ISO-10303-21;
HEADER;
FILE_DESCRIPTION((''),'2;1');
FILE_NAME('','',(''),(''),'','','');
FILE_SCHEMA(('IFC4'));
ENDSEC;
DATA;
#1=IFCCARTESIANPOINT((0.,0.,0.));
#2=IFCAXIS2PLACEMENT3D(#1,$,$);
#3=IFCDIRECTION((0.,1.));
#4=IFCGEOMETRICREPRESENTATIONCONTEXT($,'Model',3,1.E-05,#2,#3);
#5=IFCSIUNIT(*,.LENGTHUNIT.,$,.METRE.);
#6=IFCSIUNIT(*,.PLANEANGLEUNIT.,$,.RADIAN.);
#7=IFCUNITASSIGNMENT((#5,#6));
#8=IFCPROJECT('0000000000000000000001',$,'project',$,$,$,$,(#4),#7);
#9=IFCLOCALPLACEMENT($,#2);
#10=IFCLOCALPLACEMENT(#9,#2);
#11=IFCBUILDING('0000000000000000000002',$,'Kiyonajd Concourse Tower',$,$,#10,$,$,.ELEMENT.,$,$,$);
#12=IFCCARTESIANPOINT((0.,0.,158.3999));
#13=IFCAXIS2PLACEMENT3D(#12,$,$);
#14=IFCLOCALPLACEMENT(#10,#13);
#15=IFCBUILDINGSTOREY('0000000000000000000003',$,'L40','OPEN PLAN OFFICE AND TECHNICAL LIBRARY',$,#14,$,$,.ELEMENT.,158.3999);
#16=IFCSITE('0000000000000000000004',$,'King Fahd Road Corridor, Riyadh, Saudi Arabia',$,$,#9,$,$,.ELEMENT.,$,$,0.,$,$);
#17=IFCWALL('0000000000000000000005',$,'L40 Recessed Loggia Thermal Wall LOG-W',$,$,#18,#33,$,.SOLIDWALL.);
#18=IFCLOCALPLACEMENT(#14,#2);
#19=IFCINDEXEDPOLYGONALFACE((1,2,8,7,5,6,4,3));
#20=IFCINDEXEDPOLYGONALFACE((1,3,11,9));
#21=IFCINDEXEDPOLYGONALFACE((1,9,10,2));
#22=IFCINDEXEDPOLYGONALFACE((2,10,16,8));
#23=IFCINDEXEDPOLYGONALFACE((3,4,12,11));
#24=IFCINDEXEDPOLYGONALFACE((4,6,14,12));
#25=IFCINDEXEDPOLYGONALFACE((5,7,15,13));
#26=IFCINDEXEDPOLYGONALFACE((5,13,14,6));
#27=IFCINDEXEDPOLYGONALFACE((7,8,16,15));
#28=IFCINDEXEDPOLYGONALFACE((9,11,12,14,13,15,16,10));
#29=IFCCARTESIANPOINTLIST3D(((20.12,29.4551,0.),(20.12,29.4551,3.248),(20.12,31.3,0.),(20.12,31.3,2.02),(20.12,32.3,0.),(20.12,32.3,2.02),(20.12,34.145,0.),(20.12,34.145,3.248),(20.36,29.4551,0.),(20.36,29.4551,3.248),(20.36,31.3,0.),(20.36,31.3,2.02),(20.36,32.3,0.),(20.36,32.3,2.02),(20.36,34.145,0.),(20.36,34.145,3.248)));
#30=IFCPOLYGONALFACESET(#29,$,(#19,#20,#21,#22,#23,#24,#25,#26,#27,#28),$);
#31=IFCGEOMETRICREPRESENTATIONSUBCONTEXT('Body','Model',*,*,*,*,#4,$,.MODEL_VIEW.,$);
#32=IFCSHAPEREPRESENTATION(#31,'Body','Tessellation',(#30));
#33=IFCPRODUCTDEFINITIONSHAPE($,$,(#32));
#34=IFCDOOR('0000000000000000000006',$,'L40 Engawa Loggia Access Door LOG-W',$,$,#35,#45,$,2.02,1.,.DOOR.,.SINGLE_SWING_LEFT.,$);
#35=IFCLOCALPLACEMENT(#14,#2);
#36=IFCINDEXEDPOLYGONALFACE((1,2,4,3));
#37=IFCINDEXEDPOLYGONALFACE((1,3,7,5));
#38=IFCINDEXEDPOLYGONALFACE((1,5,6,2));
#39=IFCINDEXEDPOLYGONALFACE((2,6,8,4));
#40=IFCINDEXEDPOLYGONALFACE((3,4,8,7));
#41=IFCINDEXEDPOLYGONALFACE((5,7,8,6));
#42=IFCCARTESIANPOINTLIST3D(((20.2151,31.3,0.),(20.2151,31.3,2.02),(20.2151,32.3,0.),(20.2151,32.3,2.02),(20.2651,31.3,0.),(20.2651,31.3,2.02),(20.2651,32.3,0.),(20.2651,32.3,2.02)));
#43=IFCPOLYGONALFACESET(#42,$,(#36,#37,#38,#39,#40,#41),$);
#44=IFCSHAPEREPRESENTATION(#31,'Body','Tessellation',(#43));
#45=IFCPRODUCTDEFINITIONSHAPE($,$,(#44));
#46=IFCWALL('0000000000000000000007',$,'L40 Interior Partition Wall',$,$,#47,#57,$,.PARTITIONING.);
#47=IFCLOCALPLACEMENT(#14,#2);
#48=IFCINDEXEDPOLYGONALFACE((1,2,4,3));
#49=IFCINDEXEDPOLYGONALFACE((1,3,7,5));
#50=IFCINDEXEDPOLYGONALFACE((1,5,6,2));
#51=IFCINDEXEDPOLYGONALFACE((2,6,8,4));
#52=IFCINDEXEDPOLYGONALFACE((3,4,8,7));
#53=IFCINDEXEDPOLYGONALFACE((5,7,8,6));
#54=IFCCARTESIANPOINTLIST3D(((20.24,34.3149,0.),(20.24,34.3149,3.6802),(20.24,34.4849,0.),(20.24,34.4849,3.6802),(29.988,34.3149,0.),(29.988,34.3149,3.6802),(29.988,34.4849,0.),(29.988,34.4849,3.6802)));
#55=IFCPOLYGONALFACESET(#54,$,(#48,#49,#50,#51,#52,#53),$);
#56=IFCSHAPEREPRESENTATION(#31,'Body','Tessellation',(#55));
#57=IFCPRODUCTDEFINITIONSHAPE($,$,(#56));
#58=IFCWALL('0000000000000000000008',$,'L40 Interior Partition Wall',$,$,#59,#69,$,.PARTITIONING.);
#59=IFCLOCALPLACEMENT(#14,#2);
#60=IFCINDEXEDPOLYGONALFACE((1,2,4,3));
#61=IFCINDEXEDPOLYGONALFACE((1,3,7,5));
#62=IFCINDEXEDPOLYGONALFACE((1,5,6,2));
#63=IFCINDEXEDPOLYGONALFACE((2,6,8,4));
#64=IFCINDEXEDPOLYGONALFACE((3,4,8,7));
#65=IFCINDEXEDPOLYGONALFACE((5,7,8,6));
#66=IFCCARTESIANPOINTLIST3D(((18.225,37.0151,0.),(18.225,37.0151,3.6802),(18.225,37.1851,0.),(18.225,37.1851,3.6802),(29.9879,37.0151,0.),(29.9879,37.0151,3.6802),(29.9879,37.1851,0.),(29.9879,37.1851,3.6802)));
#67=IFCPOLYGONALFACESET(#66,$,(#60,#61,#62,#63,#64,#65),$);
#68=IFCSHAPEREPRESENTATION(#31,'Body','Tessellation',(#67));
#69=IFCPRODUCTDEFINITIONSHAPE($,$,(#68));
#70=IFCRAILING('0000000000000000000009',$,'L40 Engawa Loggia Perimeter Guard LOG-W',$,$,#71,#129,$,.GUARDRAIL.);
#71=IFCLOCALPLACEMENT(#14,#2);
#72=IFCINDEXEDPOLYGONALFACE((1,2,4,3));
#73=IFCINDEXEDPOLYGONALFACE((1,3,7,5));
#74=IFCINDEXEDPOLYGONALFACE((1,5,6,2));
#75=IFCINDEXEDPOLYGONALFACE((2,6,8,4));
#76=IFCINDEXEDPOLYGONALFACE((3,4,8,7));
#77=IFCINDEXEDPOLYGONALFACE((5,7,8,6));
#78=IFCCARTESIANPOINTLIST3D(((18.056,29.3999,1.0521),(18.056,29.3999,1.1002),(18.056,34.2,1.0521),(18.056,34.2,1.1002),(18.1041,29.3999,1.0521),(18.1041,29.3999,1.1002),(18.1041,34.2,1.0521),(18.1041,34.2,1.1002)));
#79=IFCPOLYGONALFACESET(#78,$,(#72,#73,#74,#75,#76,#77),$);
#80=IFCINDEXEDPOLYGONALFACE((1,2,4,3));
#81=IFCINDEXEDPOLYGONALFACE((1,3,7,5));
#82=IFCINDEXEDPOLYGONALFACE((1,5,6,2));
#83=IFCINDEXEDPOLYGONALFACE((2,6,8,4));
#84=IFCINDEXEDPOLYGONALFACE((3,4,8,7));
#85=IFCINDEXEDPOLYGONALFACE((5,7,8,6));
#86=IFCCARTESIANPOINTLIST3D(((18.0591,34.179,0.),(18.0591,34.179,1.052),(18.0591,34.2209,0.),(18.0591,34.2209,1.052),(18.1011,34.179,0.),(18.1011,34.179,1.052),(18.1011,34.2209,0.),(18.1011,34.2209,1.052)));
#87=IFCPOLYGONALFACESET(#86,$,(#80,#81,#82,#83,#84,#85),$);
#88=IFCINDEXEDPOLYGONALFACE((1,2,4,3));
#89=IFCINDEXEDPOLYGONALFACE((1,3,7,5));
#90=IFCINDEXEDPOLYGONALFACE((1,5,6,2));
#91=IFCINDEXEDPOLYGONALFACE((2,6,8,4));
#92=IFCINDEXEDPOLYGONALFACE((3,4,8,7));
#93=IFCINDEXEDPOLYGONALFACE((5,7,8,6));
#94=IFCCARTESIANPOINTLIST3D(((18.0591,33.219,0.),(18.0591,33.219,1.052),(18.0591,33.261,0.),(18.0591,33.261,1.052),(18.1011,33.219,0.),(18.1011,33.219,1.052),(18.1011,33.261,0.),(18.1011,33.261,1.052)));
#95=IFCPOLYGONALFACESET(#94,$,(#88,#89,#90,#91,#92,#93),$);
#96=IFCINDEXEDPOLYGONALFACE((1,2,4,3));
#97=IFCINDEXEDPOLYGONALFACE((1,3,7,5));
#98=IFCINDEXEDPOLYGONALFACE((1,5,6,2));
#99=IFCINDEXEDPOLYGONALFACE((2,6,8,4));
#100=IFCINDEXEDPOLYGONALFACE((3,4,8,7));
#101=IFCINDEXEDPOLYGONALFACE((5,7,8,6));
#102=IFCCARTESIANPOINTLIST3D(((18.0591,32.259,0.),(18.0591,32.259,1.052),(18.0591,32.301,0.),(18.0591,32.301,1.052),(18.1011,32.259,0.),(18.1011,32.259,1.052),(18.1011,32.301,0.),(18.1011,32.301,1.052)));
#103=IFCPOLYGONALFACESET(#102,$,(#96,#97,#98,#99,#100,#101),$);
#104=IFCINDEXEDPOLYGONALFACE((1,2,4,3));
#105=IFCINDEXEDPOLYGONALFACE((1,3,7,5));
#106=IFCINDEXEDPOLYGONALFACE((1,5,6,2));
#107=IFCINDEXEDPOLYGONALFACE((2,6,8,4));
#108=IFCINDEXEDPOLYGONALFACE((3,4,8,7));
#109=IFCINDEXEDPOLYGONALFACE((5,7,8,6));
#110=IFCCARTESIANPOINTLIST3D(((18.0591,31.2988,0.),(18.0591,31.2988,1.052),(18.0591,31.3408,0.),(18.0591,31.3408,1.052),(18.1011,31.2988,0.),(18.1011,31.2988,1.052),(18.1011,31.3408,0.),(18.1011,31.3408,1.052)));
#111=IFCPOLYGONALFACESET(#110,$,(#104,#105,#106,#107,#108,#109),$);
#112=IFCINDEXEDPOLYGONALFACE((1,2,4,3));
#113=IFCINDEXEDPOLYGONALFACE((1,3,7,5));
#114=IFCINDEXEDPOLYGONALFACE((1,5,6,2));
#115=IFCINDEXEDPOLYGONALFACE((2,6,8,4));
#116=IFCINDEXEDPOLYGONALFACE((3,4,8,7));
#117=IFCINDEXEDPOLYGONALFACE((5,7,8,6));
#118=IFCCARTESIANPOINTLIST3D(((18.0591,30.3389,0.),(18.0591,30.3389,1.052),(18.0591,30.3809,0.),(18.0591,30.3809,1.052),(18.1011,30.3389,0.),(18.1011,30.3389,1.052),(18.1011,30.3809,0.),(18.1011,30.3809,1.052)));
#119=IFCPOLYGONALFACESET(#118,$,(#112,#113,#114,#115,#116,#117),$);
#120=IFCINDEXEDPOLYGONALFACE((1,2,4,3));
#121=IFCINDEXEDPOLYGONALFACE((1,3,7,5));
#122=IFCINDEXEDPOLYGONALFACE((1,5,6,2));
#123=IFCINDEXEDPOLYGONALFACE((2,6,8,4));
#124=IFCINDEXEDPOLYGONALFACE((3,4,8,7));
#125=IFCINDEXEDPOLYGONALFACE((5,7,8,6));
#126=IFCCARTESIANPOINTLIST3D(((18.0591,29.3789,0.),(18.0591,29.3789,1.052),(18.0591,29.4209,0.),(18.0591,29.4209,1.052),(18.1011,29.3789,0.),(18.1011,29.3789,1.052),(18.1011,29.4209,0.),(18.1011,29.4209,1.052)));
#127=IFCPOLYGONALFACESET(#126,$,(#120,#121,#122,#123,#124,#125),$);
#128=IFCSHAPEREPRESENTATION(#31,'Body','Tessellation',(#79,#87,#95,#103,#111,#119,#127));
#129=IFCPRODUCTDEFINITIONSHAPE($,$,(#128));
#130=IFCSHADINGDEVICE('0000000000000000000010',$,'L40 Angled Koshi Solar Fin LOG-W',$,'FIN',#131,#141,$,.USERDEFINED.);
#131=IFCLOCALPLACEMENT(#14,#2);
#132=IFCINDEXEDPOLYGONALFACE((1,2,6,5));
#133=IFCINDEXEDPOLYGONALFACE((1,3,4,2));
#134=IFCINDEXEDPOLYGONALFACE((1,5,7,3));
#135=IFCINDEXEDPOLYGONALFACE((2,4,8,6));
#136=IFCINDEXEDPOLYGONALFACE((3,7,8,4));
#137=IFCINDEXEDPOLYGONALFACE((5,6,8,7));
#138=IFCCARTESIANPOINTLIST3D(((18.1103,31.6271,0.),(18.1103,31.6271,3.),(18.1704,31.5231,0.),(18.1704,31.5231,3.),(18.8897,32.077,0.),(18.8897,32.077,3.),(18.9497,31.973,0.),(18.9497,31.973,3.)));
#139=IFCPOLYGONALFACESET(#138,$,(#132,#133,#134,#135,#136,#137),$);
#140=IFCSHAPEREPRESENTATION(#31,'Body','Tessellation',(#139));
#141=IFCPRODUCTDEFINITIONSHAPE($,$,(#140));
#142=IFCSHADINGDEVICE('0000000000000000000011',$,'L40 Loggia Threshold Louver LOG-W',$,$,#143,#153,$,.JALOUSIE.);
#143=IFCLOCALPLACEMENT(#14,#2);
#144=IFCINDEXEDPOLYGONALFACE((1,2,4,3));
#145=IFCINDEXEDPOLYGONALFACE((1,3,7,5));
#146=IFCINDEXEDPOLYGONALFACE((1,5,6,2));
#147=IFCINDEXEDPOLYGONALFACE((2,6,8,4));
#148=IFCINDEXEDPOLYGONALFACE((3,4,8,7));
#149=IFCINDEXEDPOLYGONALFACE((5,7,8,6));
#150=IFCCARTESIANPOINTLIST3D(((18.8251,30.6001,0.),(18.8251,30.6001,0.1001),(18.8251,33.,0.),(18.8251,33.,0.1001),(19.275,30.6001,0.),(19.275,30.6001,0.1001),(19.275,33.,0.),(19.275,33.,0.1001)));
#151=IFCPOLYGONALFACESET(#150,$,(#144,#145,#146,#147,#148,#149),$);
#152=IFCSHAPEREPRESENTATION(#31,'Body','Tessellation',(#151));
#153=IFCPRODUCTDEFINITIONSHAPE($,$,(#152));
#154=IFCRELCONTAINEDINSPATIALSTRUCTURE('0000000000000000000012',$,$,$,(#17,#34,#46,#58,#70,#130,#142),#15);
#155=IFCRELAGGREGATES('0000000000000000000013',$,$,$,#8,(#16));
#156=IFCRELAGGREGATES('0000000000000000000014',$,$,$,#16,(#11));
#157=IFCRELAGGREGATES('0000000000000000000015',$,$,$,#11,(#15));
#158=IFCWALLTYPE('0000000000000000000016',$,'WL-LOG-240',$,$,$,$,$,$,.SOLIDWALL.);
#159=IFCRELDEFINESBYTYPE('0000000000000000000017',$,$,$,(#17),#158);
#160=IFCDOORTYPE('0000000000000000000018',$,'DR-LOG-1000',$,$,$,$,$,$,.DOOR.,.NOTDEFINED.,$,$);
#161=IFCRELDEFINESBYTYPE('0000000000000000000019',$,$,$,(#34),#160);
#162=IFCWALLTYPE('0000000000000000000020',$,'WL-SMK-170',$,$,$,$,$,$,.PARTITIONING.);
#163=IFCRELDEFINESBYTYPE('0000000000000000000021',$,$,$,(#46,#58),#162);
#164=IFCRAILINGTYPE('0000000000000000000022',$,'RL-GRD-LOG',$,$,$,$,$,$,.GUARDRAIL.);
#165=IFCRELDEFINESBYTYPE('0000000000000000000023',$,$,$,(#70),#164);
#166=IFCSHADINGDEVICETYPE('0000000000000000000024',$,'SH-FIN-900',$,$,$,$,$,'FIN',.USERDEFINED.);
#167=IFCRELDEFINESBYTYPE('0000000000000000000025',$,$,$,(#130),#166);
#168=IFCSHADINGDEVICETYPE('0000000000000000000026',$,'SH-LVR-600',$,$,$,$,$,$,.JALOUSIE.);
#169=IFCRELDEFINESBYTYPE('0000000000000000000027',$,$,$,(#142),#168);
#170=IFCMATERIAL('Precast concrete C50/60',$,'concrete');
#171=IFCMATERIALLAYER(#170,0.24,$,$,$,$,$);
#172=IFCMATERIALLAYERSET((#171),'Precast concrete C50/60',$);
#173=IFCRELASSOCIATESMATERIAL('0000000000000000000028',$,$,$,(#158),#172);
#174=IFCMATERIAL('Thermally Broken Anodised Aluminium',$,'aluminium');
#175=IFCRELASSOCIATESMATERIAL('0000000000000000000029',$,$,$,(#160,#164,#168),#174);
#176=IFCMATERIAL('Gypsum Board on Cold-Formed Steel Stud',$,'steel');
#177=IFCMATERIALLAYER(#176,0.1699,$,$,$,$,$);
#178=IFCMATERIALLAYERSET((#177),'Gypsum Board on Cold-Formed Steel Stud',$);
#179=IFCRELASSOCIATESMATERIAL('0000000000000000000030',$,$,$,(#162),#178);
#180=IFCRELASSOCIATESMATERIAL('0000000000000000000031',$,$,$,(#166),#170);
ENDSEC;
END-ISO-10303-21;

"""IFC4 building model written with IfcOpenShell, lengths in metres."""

from ifc_helpers import new_model, si_unit, direction, frame, frame_2d, origin, origin_2d, place, context, subcontext, project, spatial, rectangle, extrude, material, layer, layer_set, type_object, element, fill, save


model = new_model("IFC4")

# Units and contexts
model_context = context("Model", 3, precision=1e-05, world=origin(), true_north=direction((0.0, 1.0)))
body_context = subcontext(model_context, "Body", "Model", "MODEL_VIEW")
ifc_project = project(units=[si_unit("LENGTHUNIT", "METRE"), si_unit("PLANEANGLEUNIT", "RADIAN")], contexts=[model_context])

# Site, building, storey
site_placement = place(None, origin())
site = spatial("IfcSite", under=ifc_project, at=site_placement, Name="King Fahd Road Corridor, Riyadh, Saudi Arabia", CompositionType="ELEMENT", RefElevation=0.0)
building_placement = place(site_placement, origin())
building = spatial("IfcBuilding", under=site, at=building_placement, Name="Kiyonajd Concourse Tower", CompositionType="ELEMENT")
storey_placement = place(building_placement, frame((0.0, 0.0, 158.3999)))
storey = spatial("IfcBuildingStorey", under=building, at=storey_placement, Name="L40", Description="OPEN PLAN OFFICE AND TECHNICAL LIBRARY", CompositionType="ELEMENT", Elevation=158.3999)

# Shared definitions
ifc_material_1 = material(Name="Thermally Broken Anodised Aluminium", Category="aluminium")

# Shared definitions
ifc_material_2 = material(Name="Precast concrete C50/60", Category="concrete")

# Wall, opening, door
ifc_layer_1 = layer(ifc_material_2, 0.24)
ifc_layer_set_1 = layer_set([ifc_layer_1], Name="Precast concrete C50/60")
wall_type_1 = type_object("IfcWallType", Name="WL-LOG-240", PredefinedType="SOLIDWALL", material=ifc_layer_set_1)
wall_1_placement = place(storey_placement, frame((20.24, 29.4551, 0.0), z_axis=(0.0, 0.0, 1.0), x_axis=(0.0, 1.0, 0.0)))
wall_1 = element("IfcWall", 1, at=wall_1_placement, inside=storey, type_object=wall_type_1, Name="L40 Recessed Loggia Thermal Wall LOG-W", PredefinedType="SOLIDWALL", context=body_context, shape_type="SweptSolid", body=[
    extrude(rectangle(XDim=4.6899, YDim=0.24, at=frame_2d((2.345, 0.0))), origin(), (0.0, 0.0, 1.0), 3.248),
])
opening_placement = place(wall_1_placement, frame((1.845, 0.0, 0.0)))
opening = element("IfcOpeningElement", 2, at=opening_placement, cuts=wall_1, PredefinedType="OPENING", context=body_context, shape_type="SweptSolid", body=[
    extrude(rectangle(XDim=1.0, YDim=2.02, at=frame_2d((0.5, 1.01))), frame((0.0, 0.1299, 0.0), z_axis=(0.0, -1.0, 0.0), x_axis=(1.0, 0.0, 0.0)), (0.0, 0.0, 1.0), 0.26),
])
door_type = type_object("IfcDoorType", Name="DR-LOG-1000", OperationType="NOTDEFINED", PredefinedType="DOOR", material=ifc_material_1)
door_placement = place(opening_placement, origin())
door = element("IfcDoor", 3, at=door_placement, inside=storey, type_object=door_type, Name="L40 Engawa Loggia Access Door LOG-W", OperationType="SINGLE_SWING_LEFT", OverallHeight=2.02, OverallWidth=1.0, PredefinedType="DOOR", context=body_context, shape_type="SweptSolid", body=[
    extrude(rectangle(XDim=1.0, YDim=2.02, at=frame_2d((0.5, 1.01))), frame((0.0, 0.0249, 0.0), z_axis=(0.0, -1.0, 0.0), x_axis=(1.0, 0.0, 0.0)), (0.0, 0.0, 1.0), 0.05),
])
fill(opening, door)

# Walls
ifc_material_3 = material(Name="Gypsum Board on Cold-Formed Steel Stud", Category="steel")
ifc_layer_2 = layer(ifc_material_3, 0.1699)
ifc_layer_set_2 = layer_set([ifc_layer_2], Name="Gypsum Board on Cold-Formed Steel Stud")
wall_type_2 = type_object("IfcWallType", Name="WL-SMK-170", PredefinedType="PARTITIONING", material=ifc_layer_set_2)
wall_2_placement = place(storey_placement, frame((20.24, 34.3999, 0.0), z_axis=(0.0, 0.0, 1.0), x_axis=(1.0, 0.0, 0.0)))
element("IfcWall", 4, at=wall_2_placement, inside=storey, type_object=wall_type_2, Name="L40 Interior Partition Wall", PredefinedType="PARTITIONING", context=body_context, shape_type="SweptSolid", body=[
    extrude(rectangle(XDim=9.748, YDim=0.1699, at=frame_2d((4.874, 0.0))), origin(), (0.0, 0.0, 1.0), 3.6802),
])
wall_3_placement = place(storey_placement, frame((18.2251, 37.1001, 0.0), z_axis=(0.0, 0.0, 1.0), x_axis=(1.0, 0.0, 0.0)))
element("IfcWall", 5, at=wall_3_placement, inside=storey, type_object=wall_type_2, Name="L40 Interior Partition Wall", PredefinedType="PARTITIONING", context=body_context, shape_type="SweptSolid", body=[
    extrude(rectangle(XDim=11.7629, YDim=0.1699, at=frame_2d((5.8813, 0.0))), origin(), (0.0, 0.0, 1.0), 3.6802),
])

# Railing
railing_type = type_object("IfcRailingType", Name="RL-GRD-LOG", PredefinedType="GUARDRAIL", material=ifc_material_1)
railing_placement = place(storey_placement, frame((18.0801, 34.2, 0.0)))
element("IfcRailing", 6, at=railing_placement, inside=storey, type_object=railing_type, Name="L40 Engawa Loggia Perimeter Guard LOG-W", PredefinedType="GUARDRAIL", context=body_context, shape_type="SweptSolid", body=[
    extrude(rectangle(XDim=0.0481, YDim=0.0481, at=origin_2d()), frame((0.0, 0.0, 1.0762), z_axis=(0.0, -1.0, 0.0), x_axis=(1.0, 0.0, 0.0)), (0.0, 0.0, 1.0), 4.8),
    extrude(rectangle(XDim=0.042, YDim=0.042, at=origin_2d()), origin(), (0.0, 0.0, 1.0), 1.052),
    extrude(rectangle(XDim=0.042, YDim=0.042, at=origin_2d()), frame((0.0, -0.96, 0.0)), (0.0, 0.0, 1.0), 1.052),
    extrude(rectangle(XDim=0.042, YDim=0.042, at=origin_2d()), frame((0.0, -1.9199, 0.0)), (0.0, 0.0, 1.0), 1.052),
    extrude(rectangle(XDim=0.042, YDim=0.042, at=origin_2d()), frame((0.0, -2.8801, 0.0)), (0.0, 0.0, 1.0), 1.052),
    extrude(rectangle(XDim=0.042, YDim=0.042, at=origin_2d()), frame((0.0, -3.8401, 0.0)), (0.0, 0.0, 1.0), 1.052),
    extrude(rectangle(XDim=0.042, YDim=0.042, at=origin_2d()), frame((0.0, -4.8, 0.0)), (0.0, 0.0, 1.0), 1.052),
])

# Shading devices
shading_device_type_1 = type_object("IfcShadingDeviceType", Name="SH-FIN-900", ElementType="FIN", PredefinedType="USERDEFINED", material=ifc_material_2)
shading_device_1_placement = place(storey_placement, frame((18.53, 31.8, 0.0), z_axis=(0.0, 0.0, 1.0), x_axis=(0.866025, 0.5, 0.0)))
element("IfcShadingDevice", 7, at=shading_device_1_placement, inside=storey, type_object=shading_device_type_1, Name="L40 Angled Koshi Solar Fin LOG-W", ObjectType="FIN", PredefinedType="USERDEFINED", context=body_context, shape_type="SweptSolid", body=[
    extrude(rectangle(XDim=0.8999, YDim=0.1201, at=origin_2d()), origin(), (0.0, 0.0, 1.0), 3.0),
])
shading_device_type_2 = type_object("IfcShadingDeviceType", Name="SH-LVR-600", PredefinedType="JALOUSIE", material=ifc_material_1)
shading_device_2_placement = place(storey_placement, frame((19.05, 31.8, 0.0), z_axis=(0.0, 0.0, 1.0), x_axis=(0.0, 1.0, 0.0)))
element("IfcShadingDevice", 8, at=shading_device_2_placement, inside=storey, type_object=shading_device_type_2, Name="L40 Loggia Threshold Louver LOG-W", PredefinedType="JALOUSIE", context=body_context, shape_type="SweptSolid", body=[
    extrude(rectangle(XDim=2.3999, YDim=0.45, at=origin_2d()), origin(), (0.0, 0.0, 1.0), 0.1001),
])

save(model, "model.ifc")
